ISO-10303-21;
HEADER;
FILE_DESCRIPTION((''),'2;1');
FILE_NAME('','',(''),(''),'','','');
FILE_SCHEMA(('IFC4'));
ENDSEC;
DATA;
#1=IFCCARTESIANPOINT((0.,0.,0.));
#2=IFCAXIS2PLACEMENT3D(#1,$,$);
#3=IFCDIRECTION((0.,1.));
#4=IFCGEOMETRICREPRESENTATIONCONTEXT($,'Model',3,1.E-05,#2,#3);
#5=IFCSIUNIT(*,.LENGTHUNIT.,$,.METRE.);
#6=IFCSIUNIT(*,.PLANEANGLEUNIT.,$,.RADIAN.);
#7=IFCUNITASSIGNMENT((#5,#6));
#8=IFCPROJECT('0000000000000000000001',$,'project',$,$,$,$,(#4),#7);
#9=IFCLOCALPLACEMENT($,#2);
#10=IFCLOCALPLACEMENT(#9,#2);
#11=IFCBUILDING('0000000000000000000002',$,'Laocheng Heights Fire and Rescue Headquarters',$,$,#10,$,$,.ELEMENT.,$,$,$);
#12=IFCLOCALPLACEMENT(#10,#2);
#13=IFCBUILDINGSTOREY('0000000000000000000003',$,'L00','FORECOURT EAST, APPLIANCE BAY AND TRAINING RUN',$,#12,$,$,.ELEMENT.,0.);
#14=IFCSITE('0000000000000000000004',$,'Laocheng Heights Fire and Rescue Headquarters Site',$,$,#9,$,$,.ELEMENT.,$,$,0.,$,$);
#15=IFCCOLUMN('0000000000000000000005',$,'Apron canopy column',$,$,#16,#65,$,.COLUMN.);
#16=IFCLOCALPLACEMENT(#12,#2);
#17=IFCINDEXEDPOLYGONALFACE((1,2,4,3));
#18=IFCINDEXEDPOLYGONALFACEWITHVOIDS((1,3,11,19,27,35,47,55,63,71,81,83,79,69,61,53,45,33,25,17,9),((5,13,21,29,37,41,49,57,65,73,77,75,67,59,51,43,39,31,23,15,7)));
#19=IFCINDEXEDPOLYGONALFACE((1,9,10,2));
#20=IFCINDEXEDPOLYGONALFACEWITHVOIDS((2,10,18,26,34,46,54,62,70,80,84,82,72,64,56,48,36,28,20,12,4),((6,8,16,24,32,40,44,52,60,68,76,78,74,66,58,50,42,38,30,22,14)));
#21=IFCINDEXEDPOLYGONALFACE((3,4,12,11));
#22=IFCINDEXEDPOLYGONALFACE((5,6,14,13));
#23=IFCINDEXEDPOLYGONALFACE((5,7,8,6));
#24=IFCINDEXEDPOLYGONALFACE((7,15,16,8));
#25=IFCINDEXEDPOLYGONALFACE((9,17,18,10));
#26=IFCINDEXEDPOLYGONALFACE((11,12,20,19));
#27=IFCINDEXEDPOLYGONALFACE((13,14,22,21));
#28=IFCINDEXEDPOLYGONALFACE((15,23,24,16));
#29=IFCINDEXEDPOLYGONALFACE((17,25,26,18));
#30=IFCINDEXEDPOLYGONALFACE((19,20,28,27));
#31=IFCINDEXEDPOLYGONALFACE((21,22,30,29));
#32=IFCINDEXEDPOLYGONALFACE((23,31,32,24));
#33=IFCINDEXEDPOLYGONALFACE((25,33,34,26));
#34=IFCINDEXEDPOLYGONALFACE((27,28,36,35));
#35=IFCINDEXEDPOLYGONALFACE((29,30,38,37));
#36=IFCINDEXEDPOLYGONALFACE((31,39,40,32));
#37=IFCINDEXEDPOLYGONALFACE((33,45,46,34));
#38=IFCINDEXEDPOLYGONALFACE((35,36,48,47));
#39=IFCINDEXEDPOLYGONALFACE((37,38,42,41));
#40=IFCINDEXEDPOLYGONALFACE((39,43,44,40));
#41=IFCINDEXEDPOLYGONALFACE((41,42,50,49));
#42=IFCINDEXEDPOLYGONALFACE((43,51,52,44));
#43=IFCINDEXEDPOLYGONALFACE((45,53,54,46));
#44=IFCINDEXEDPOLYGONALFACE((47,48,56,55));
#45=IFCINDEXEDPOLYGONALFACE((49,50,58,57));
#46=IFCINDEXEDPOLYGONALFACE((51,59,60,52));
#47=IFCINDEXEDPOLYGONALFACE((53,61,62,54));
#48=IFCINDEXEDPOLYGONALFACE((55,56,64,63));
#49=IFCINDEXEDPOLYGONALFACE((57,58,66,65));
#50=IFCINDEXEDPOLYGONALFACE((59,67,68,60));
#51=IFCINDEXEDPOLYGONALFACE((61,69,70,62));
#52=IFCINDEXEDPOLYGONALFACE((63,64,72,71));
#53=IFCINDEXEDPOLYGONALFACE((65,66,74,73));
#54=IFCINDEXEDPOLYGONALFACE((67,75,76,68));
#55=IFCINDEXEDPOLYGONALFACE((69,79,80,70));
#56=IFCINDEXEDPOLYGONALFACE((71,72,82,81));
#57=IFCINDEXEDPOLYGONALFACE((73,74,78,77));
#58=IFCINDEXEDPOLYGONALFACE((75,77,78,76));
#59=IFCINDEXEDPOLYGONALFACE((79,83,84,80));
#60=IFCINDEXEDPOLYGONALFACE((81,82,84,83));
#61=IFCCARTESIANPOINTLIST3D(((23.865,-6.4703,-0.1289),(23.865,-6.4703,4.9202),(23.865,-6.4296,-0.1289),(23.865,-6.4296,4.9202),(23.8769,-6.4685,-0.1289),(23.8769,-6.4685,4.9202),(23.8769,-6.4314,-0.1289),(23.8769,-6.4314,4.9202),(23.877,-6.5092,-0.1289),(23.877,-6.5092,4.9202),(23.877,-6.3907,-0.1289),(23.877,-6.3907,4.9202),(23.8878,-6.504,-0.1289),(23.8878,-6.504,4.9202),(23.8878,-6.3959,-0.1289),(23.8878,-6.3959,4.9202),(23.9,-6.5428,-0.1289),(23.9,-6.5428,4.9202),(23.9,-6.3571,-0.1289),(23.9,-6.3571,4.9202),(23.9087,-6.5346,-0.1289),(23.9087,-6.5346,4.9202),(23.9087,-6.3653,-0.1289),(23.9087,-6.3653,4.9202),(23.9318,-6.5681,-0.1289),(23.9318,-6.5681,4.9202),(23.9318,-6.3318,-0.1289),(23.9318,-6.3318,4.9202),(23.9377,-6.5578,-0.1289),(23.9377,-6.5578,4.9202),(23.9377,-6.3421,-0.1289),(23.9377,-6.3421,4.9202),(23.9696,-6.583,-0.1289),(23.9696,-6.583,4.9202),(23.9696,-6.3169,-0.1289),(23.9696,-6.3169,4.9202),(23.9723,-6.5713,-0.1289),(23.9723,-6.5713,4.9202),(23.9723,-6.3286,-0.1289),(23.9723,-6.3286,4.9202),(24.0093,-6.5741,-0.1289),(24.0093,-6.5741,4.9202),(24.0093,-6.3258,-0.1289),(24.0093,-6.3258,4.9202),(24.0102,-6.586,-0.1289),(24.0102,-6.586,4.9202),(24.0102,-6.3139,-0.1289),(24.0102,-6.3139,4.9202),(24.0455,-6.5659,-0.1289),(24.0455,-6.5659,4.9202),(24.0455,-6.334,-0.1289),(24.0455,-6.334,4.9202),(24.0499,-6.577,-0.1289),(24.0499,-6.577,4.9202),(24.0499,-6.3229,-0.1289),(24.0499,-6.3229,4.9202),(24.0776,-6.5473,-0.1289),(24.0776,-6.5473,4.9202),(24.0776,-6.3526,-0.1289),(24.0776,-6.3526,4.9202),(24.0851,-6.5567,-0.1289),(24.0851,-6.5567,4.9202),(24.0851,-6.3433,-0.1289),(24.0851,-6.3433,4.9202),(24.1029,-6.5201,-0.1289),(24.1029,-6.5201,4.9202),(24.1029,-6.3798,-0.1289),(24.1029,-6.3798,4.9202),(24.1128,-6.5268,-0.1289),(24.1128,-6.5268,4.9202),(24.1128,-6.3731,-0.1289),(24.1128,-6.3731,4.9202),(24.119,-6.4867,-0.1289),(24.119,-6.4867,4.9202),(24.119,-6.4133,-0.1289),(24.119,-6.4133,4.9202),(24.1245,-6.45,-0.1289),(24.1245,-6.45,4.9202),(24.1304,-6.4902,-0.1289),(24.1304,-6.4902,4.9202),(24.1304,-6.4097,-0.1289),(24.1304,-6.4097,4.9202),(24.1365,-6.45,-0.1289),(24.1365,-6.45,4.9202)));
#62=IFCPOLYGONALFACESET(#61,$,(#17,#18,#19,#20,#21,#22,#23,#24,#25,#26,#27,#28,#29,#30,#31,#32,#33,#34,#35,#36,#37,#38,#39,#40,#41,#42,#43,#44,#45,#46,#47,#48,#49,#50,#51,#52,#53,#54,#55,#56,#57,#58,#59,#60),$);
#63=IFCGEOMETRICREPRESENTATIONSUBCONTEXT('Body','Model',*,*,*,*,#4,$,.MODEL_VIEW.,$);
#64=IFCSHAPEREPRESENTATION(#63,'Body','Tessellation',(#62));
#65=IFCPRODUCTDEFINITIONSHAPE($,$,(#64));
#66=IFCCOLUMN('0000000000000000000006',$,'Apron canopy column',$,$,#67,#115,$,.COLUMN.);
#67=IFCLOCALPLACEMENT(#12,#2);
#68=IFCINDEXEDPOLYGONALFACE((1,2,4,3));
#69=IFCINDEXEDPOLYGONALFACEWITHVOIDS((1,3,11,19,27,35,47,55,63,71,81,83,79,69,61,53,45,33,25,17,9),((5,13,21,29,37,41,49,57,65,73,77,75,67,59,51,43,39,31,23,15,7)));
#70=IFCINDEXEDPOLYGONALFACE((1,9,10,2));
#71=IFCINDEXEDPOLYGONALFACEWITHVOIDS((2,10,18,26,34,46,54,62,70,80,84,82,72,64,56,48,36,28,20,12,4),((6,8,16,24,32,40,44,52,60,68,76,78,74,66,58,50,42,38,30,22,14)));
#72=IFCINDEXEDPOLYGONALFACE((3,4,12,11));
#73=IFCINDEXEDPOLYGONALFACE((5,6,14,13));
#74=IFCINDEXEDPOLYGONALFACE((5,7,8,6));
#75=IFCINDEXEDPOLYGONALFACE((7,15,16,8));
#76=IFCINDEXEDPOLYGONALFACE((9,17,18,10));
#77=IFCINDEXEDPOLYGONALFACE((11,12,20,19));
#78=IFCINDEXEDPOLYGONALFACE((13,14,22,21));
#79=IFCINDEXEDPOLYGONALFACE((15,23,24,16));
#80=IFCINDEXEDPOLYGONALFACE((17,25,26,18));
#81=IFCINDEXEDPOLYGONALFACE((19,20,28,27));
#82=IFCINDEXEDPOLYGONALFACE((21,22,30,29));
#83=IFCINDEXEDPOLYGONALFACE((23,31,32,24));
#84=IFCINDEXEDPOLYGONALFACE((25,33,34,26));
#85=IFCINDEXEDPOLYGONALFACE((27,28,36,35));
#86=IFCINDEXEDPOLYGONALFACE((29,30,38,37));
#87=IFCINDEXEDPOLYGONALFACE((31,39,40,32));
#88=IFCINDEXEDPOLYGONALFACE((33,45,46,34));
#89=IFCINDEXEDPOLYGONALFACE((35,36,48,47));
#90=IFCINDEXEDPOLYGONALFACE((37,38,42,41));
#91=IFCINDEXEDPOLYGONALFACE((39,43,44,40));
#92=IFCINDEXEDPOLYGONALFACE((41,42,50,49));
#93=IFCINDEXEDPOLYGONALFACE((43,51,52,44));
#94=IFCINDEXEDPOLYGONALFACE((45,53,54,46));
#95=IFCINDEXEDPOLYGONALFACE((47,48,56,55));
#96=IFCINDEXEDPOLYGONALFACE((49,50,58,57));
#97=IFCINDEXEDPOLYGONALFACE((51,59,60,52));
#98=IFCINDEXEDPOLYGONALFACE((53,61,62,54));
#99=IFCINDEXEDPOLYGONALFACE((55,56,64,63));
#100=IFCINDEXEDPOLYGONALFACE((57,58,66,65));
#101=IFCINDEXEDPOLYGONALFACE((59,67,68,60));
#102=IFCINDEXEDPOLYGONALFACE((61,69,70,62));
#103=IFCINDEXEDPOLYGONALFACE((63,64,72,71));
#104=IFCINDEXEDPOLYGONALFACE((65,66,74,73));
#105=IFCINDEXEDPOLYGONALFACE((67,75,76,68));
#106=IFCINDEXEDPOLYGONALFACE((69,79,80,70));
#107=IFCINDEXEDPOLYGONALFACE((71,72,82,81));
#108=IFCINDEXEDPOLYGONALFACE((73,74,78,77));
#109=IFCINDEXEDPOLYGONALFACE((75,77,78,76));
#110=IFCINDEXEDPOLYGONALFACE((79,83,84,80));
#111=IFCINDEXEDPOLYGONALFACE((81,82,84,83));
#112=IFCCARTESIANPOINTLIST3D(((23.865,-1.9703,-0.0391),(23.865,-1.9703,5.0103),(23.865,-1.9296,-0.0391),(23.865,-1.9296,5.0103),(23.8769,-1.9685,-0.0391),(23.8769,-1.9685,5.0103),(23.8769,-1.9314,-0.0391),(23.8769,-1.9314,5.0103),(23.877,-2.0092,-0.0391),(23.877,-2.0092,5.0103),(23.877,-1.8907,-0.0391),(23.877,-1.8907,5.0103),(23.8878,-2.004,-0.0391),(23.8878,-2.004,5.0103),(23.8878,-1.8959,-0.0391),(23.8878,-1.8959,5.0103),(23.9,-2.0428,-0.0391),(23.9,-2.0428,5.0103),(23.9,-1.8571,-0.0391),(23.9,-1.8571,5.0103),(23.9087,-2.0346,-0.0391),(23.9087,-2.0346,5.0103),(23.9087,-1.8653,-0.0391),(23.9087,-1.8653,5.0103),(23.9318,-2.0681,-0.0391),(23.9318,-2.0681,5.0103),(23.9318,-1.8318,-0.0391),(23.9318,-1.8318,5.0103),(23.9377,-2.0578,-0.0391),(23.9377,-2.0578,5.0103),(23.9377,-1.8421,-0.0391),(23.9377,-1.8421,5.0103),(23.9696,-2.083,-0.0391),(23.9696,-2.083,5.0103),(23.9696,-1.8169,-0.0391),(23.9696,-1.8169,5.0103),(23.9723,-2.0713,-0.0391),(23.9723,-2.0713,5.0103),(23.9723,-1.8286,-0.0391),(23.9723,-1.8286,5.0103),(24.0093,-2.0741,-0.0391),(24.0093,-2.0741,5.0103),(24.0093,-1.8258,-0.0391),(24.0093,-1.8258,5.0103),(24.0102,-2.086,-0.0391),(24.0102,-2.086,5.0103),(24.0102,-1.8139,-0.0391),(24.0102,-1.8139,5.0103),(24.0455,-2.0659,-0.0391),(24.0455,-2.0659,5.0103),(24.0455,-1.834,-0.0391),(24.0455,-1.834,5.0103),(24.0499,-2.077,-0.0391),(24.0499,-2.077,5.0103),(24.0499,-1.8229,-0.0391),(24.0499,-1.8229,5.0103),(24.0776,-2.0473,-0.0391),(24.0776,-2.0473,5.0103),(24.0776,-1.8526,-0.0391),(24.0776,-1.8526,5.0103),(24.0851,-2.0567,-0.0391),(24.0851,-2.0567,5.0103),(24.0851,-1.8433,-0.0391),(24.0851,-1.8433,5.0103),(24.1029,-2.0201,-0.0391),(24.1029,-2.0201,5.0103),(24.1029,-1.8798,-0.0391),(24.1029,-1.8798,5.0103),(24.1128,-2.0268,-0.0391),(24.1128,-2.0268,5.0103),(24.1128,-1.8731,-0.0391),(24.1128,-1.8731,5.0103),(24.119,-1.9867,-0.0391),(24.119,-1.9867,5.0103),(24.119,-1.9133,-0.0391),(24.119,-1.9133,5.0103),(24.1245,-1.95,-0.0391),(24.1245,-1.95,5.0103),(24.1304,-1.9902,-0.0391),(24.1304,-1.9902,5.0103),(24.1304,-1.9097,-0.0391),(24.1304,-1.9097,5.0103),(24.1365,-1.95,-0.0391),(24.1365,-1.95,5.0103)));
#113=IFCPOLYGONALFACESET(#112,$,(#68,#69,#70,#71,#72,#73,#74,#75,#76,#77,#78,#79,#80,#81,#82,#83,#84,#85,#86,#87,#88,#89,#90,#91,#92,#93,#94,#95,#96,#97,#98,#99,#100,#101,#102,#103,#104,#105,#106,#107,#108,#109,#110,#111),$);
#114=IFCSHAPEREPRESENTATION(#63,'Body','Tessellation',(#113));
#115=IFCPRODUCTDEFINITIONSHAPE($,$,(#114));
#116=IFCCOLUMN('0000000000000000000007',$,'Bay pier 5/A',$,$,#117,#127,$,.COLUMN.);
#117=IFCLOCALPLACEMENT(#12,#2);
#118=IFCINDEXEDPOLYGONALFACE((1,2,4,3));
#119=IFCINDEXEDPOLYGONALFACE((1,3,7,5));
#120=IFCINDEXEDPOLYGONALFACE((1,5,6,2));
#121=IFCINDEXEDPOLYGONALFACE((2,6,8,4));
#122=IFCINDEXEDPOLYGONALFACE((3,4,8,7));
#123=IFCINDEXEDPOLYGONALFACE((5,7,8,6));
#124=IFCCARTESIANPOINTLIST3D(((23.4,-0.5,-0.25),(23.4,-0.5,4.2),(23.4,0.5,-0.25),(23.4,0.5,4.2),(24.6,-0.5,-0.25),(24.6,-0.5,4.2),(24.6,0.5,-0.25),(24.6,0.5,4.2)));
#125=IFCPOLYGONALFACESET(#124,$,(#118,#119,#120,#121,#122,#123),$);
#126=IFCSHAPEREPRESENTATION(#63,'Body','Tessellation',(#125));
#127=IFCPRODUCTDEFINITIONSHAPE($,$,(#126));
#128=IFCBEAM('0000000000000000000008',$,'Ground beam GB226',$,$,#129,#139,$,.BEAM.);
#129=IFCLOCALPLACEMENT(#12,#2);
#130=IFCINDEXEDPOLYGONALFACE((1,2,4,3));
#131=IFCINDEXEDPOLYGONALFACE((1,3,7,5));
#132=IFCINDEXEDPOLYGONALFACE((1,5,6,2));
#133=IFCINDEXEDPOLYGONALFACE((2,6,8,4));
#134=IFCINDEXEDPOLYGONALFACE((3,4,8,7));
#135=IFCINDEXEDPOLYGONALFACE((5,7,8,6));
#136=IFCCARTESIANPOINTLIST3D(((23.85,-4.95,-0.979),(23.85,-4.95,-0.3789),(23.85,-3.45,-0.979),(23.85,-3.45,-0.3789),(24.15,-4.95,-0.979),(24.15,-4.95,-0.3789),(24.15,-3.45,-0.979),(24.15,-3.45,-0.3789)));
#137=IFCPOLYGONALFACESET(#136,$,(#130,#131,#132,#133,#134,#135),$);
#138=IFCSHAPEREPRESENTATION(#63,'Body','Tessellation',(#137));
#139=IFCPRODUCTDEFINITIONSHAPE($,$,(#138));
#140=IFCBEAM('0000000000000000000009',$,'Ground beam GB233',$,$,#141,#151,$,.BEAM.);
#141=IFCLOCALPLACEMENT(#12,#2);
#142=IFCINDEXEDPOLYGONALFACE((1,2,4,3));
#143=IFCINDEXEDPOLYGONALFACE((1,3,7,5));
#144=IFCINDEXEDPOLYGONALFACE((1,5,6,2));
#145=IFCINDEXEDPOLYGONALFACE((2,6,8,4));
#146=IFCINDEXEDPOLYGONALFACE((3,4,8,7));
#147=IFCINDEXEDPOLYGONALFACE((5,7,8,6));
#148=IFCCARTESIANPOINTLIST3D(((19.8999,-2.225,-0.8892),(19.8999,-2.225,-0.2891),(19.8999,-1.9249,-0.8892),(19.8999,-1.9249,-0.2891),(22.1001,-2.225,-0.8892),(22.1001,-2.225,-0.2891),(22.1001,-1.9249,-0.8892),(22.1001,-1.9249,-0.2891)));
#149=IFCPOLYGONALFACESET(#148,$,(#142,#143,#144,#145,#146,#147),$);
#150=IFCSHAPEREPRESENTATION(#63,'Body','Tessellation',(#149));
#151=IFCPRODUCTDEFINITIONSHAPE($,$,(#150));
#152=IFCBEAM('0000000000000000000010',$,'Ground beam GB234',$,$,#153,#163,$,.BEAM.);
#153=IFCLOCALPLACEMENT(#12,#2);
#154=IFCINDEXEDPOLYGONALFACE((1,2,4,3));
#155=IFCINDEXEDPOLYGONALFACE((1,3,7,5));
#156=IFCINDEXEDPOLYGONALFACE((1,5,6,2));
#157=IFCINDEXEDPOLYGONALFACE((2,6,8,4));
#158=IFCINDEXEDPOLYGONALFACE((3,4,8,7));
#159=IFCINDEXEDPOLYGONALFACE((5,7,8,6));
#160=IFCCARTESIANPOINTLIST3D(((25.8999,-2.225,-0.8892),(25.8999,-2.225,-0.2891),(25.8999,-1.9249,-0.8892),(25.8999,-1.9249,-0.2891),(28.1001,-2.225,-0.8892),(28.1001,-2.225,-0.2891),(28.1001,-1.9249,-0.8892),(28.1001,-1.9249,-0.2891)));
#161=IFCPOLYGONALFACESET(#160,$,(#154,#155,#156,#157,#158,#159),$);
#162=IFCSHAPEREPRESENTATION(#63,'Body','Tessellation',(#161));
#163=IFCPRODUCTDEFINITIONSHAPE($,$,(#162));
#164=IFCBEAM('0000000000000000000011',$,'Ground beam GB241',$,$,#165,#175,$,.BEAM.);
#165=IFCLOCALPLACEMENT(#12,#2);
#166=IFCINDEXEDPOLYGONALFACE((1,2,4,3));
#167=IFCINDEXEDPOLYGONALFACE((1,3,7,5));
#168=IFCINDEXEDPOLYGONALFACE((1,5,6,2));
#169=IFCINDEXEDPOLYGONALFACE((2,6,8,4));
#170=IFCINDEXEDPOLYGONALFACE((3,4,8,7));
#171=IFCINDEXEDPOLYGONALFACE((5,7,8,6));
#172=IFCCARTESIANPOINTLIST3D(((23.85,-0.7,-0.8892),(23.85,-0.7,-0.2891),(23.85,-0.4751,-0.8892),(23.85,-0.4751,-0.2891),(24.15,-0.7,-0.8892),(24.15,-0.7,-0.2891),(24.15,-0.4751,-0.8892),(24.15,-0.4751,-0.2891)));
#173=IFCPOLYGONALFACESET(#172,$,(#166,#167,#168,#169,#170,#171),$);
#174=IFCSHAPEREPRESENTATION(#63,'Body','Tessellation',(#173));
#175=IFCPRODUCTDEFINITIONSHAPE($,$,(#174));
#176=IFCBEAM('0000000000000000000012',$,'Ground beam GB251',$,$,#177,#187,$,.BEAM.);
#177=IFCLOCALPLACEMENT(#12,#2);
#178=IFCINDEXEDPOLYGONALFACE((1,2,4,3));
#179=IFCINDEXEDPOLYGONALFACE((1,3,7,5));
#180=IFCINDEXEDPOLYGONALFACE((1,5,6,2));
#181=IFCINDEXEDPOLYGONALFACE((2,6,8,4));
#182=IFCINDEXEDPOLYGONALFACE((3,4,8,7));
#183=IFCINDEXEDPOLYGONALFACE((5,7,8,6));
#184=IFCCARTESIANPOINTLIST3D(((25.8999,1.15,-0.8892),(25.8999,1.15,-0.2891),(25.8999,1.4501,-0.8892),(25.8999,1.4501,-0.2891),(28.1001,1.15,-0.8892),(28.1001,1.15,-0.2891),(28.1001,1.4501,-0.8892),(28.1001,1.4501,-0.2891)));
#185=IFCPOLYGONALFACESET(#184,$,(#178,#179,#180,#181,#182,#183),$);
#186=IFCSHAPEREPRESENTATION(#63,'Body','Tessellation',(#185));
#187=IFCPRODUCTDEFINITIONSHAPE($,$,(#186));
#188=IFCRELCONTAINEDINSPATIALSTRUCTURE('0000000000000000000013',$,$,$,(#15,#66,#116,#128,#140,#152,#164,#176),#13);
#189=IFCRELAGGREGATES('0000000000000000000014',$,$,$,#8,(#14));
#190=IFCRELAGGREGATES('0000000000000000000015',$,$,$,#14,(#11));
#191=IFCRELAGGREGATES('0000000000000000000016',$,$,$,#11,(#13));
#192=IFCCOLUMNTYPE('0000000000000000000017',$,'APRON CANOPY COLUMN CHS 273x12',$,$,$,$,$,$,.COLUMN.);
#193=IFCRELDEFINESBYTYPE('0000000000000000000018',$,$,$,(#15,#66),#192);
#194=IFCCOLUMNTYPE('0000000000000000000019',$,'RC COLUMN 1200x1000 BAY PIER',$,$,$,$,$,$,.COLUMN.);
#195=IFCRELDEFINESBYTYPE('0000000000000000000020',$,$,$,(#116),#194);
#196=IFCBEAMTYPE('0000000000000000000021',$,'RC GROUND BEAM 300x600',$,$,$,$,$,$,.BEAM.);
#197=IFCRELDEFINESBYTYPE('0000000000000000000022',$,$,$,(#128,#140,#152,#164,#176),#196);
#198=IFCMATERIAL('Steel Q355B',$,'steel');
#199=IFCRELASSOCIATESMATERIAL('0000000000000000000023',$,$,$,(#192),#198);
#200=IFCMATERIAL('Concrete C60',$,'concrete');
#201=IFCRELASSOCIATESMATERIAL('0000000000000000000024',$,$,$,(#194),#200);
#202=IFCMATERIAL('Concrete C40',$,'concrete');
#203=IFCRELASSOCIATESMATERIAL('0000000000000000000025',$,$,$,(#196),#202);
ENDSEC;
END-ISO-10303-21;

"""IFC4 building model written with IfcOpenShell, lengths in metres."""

from ifc_helpers import new_model, si_unit, direction, frame, origin, origin_2d, place, context, subcontext, project, spatial, rectangle, hollow_circle, extrude, material, material_profile, profile_set, type_object, element, save


model = new_model("IFC4")

# Units and contexts
model_context = context("Model", 3, precision=1e-05, world=origin(), true_north=direction((0.0, 1.0)))
body_context = subcontext(model_context, "Body", "Model", "MODEL_VIEW")
ifc_project = project(units=[si_unit("LENGTHUNIT", "METRE"), si_unit("PLANEANGLEUNIT", "RADIAN")], contexts=[model_context])

# Site, building, storey
site_placement = place(None, origin())
site = spatial("IfcSite", under=ifc_project, at=site_placement, Name="Laocheng Heights Fire and Rescue Headquarters Site", CompositionType="ELEMENT", RefElevation=0.0)
building_placement = place(site_placement, origin())
building = spatial("IfcBuilding", under=site, at=building_placement, Name="Laocheng Heights Fire and Rescue Headquarters", CompositionType="ELEMENT")
storey_placement = place(building_placement, origin())
storey = spatial("IfcBuildingStorey", under=building, at=storey_placement, Name="L00", Description="FORECOURT EAST, APPLIANCE BAY AND TRAINING RUN", CompositionType="ELEMENT", Elevation=0.0)

# Columns
ifc_material_1 = material(Name="Steel Q355B", Category="steel")
ifc_material_profile_1 = material_profile(ifc_material_1, hollow_circle(Radius=0.1365, WallThickness=0.012, at=origin_2d()), Name="CHS 273x12")
ifc_profile_set_1 = profile_set([ifc_material_profile_1], Name="Steel Q355B")
column_type_1 = type_object("IfcColumnType", Name="APRON CANOPY COLUMN CHS 273x12", PredefinedType="COLUMN", material=ifc_profile_set_1)
column_1_placement = place(storey_placement, frame((24.0, -6.45, -0.1289), z_axis=(0.0, 0.0, 1.0), x_axis=(1.0, 0.0, 0.0)))
element("IfcColumn", 1, at=column_1_placement, inside=storey, type_object=column_type_1, Name="Apron canopy column", PredefinedType="COLUMN", context=body_context, shape_type="SweptSolid", body=[
    extrude(hollow_circle(Radius=0.1365, WallThickness=0.012, at=origin_2d()), origin(), (0.0, 0.0, 1.0), 5.0491),
])
column_2_placement = place(storey_placement, frame((24.0, -1.95, -0.0391), z_axis=(0.0, 0.0, 1.0), x_axis=(1.0, 0.0, 0.0)))
element("IfcColumn", 2, at=column_2_placement, inside=storey, type_object=column_type_1, Name="Apron canopy column", PredefinedType="COLUMN", context=body_context, shape_type="SweptSolid", body=[
    extrude(hollow_circle(Radius=0.1365, WallThickness=0.012, at=origin_2d()), origin(), (0.0, 0.0, 1.0), 5.0493),
])
ifc_material_2 = material(Name="Concrete C60", Category="concrete")
ifc_material_profile_2 = material_profile(ifc_material_2, rectangle(XDim=1.2, YDim=1.0, at=origin_2d()), Name="RC COLUMN 1200x1000 BAY PIER")
ifc_profile_set_2 = profile_set([ifc_material_profile_2], Name="Concrete C60")
column_type_2 = type_object("IfcColumnType", Name="RC COLUMN 1200x1000 BAY PIER", PredefinedType="COLUMN", material=ifc_profile_set_2)
column_3_placement = place(storey_placement, frame((24.0, 0.0, -0.25), z_axis=(0.0, 0.0, 1.0), x_axis=(1.0, 0.0, 0.0)))
element("IfcColumn", 3, at=column_3_placement, inside=storey, type_object=column_type_2, Name="Bay pier 5/A", PredefinedType="COLUMN", context=body_context, shape_type="SweptSolid", body=[
    extrude(rectangle(XDim=1.2, YDim=1.0, at=origin_2d()), origin(), (0.0, 0.0, 1.0), 4.45),
])

# Beams
ifc_material_3 = material(Name="Concrete C40", Category="concrete")
ifc_material_profile_3 = material_profile(ifc_material_3, rectangle(XDim=0.3, YDim=0.6001, at=origin_2d()), Name="RC GROUND BEAM 300x600")
ifc_profile_set_3 = profile_set([ifc_material_profile_3], Name="Concrete C40")
beam_type_1 = type_object("IfcBeamType", Name="RC GROUND BEAM 300x600", PredefinedType="BEAM", material=ifc_profile_set_3)
beam_1_placement = place(storey_placement, frame((24.0, -4.95, -0.679), z_axis=(0.0, 1.0, 0.0), x_axis=(-1.0, 0.0, 0.0)))
element("IfcBeam", 4, at=beam_1_placement, inside=storey, type_object=beam_type_1, Name="Ground beam GB226", PredefinedType="BEAM", context=body_context, shape_type="SweptSolid", body=[
    extrude(rectangle(XDim=0.3, YDim=0.6001, at=origin_2d()), origin(), (0.0, 0.0, 1.0), 1.5),
])
for number, where, z_axis, x_axis, name in (
    (5, (19.8999, -2.075, -0.5891), (1.0, 0.0, 0.0), (0.0, 1.0, 0.0), "Ground beam GB233"),
    (6, (25.8999, -2.075, -0.5891), (1.0, 0.0, 0.0), (0.0, 1.0, 0.0), "Ground beam GB234"),
):
    element("IfcBeam", number, at=place(storey_placement, frame(where, z_axis=z_axis, x_axis=x_axis)), inside=storey, type_object=beam_type_1, Name=name, PredefinedType="BEAM", context=body_context, shape_type="SweptSolid", body=[
        extrude(rectangle(XDim=0.3, YDim=0.6001, at=origin_2d()), origin(), (0.0, 0.0, 1.0), 2.2002),
    ])
beam_2_placement = place(storey_placement, frame((24.0, -0.7, -0.5891), z_axis=(0.0, 1.0, 0.0), x_axis=(-1.0, 0.0, 0.0)))
element("IfcBeam", 7, at=beam_2_placement, inside=storey, type_object=beam_type_1, Name="Ground beam GB241", PredefinedType="BEAM", context=body_context, shape_type="SweptSolid", body=[
    extrude(rectangle(XDim=0.3, YDim=0.6001, at=origin_2d()), origin(), (0.0, 0.0, 1.0), 0.2249),
])
beam_3_placement = place(storey_placement, frame((25.8999, 1.3, -0.5891), z_axis=(1.0, 0.0, 0.0), x_axis=(0.0, 1.0, 0.0)))
element("IfcBeam", 8, at=beam_3_placement, inside=storey, type_object=beam_type_1, Name="Ground beam GB251", PredefinedType="BEAM", context=body_context, shape_type="SweptSolid", body=[
    extrude(rectangle(XDim=0.3, YDim=0.6001, at=origin_2d()), origin(), (0.0, 0.0, 1.0), 2.2002),
])

save(model, "model.ifc")
